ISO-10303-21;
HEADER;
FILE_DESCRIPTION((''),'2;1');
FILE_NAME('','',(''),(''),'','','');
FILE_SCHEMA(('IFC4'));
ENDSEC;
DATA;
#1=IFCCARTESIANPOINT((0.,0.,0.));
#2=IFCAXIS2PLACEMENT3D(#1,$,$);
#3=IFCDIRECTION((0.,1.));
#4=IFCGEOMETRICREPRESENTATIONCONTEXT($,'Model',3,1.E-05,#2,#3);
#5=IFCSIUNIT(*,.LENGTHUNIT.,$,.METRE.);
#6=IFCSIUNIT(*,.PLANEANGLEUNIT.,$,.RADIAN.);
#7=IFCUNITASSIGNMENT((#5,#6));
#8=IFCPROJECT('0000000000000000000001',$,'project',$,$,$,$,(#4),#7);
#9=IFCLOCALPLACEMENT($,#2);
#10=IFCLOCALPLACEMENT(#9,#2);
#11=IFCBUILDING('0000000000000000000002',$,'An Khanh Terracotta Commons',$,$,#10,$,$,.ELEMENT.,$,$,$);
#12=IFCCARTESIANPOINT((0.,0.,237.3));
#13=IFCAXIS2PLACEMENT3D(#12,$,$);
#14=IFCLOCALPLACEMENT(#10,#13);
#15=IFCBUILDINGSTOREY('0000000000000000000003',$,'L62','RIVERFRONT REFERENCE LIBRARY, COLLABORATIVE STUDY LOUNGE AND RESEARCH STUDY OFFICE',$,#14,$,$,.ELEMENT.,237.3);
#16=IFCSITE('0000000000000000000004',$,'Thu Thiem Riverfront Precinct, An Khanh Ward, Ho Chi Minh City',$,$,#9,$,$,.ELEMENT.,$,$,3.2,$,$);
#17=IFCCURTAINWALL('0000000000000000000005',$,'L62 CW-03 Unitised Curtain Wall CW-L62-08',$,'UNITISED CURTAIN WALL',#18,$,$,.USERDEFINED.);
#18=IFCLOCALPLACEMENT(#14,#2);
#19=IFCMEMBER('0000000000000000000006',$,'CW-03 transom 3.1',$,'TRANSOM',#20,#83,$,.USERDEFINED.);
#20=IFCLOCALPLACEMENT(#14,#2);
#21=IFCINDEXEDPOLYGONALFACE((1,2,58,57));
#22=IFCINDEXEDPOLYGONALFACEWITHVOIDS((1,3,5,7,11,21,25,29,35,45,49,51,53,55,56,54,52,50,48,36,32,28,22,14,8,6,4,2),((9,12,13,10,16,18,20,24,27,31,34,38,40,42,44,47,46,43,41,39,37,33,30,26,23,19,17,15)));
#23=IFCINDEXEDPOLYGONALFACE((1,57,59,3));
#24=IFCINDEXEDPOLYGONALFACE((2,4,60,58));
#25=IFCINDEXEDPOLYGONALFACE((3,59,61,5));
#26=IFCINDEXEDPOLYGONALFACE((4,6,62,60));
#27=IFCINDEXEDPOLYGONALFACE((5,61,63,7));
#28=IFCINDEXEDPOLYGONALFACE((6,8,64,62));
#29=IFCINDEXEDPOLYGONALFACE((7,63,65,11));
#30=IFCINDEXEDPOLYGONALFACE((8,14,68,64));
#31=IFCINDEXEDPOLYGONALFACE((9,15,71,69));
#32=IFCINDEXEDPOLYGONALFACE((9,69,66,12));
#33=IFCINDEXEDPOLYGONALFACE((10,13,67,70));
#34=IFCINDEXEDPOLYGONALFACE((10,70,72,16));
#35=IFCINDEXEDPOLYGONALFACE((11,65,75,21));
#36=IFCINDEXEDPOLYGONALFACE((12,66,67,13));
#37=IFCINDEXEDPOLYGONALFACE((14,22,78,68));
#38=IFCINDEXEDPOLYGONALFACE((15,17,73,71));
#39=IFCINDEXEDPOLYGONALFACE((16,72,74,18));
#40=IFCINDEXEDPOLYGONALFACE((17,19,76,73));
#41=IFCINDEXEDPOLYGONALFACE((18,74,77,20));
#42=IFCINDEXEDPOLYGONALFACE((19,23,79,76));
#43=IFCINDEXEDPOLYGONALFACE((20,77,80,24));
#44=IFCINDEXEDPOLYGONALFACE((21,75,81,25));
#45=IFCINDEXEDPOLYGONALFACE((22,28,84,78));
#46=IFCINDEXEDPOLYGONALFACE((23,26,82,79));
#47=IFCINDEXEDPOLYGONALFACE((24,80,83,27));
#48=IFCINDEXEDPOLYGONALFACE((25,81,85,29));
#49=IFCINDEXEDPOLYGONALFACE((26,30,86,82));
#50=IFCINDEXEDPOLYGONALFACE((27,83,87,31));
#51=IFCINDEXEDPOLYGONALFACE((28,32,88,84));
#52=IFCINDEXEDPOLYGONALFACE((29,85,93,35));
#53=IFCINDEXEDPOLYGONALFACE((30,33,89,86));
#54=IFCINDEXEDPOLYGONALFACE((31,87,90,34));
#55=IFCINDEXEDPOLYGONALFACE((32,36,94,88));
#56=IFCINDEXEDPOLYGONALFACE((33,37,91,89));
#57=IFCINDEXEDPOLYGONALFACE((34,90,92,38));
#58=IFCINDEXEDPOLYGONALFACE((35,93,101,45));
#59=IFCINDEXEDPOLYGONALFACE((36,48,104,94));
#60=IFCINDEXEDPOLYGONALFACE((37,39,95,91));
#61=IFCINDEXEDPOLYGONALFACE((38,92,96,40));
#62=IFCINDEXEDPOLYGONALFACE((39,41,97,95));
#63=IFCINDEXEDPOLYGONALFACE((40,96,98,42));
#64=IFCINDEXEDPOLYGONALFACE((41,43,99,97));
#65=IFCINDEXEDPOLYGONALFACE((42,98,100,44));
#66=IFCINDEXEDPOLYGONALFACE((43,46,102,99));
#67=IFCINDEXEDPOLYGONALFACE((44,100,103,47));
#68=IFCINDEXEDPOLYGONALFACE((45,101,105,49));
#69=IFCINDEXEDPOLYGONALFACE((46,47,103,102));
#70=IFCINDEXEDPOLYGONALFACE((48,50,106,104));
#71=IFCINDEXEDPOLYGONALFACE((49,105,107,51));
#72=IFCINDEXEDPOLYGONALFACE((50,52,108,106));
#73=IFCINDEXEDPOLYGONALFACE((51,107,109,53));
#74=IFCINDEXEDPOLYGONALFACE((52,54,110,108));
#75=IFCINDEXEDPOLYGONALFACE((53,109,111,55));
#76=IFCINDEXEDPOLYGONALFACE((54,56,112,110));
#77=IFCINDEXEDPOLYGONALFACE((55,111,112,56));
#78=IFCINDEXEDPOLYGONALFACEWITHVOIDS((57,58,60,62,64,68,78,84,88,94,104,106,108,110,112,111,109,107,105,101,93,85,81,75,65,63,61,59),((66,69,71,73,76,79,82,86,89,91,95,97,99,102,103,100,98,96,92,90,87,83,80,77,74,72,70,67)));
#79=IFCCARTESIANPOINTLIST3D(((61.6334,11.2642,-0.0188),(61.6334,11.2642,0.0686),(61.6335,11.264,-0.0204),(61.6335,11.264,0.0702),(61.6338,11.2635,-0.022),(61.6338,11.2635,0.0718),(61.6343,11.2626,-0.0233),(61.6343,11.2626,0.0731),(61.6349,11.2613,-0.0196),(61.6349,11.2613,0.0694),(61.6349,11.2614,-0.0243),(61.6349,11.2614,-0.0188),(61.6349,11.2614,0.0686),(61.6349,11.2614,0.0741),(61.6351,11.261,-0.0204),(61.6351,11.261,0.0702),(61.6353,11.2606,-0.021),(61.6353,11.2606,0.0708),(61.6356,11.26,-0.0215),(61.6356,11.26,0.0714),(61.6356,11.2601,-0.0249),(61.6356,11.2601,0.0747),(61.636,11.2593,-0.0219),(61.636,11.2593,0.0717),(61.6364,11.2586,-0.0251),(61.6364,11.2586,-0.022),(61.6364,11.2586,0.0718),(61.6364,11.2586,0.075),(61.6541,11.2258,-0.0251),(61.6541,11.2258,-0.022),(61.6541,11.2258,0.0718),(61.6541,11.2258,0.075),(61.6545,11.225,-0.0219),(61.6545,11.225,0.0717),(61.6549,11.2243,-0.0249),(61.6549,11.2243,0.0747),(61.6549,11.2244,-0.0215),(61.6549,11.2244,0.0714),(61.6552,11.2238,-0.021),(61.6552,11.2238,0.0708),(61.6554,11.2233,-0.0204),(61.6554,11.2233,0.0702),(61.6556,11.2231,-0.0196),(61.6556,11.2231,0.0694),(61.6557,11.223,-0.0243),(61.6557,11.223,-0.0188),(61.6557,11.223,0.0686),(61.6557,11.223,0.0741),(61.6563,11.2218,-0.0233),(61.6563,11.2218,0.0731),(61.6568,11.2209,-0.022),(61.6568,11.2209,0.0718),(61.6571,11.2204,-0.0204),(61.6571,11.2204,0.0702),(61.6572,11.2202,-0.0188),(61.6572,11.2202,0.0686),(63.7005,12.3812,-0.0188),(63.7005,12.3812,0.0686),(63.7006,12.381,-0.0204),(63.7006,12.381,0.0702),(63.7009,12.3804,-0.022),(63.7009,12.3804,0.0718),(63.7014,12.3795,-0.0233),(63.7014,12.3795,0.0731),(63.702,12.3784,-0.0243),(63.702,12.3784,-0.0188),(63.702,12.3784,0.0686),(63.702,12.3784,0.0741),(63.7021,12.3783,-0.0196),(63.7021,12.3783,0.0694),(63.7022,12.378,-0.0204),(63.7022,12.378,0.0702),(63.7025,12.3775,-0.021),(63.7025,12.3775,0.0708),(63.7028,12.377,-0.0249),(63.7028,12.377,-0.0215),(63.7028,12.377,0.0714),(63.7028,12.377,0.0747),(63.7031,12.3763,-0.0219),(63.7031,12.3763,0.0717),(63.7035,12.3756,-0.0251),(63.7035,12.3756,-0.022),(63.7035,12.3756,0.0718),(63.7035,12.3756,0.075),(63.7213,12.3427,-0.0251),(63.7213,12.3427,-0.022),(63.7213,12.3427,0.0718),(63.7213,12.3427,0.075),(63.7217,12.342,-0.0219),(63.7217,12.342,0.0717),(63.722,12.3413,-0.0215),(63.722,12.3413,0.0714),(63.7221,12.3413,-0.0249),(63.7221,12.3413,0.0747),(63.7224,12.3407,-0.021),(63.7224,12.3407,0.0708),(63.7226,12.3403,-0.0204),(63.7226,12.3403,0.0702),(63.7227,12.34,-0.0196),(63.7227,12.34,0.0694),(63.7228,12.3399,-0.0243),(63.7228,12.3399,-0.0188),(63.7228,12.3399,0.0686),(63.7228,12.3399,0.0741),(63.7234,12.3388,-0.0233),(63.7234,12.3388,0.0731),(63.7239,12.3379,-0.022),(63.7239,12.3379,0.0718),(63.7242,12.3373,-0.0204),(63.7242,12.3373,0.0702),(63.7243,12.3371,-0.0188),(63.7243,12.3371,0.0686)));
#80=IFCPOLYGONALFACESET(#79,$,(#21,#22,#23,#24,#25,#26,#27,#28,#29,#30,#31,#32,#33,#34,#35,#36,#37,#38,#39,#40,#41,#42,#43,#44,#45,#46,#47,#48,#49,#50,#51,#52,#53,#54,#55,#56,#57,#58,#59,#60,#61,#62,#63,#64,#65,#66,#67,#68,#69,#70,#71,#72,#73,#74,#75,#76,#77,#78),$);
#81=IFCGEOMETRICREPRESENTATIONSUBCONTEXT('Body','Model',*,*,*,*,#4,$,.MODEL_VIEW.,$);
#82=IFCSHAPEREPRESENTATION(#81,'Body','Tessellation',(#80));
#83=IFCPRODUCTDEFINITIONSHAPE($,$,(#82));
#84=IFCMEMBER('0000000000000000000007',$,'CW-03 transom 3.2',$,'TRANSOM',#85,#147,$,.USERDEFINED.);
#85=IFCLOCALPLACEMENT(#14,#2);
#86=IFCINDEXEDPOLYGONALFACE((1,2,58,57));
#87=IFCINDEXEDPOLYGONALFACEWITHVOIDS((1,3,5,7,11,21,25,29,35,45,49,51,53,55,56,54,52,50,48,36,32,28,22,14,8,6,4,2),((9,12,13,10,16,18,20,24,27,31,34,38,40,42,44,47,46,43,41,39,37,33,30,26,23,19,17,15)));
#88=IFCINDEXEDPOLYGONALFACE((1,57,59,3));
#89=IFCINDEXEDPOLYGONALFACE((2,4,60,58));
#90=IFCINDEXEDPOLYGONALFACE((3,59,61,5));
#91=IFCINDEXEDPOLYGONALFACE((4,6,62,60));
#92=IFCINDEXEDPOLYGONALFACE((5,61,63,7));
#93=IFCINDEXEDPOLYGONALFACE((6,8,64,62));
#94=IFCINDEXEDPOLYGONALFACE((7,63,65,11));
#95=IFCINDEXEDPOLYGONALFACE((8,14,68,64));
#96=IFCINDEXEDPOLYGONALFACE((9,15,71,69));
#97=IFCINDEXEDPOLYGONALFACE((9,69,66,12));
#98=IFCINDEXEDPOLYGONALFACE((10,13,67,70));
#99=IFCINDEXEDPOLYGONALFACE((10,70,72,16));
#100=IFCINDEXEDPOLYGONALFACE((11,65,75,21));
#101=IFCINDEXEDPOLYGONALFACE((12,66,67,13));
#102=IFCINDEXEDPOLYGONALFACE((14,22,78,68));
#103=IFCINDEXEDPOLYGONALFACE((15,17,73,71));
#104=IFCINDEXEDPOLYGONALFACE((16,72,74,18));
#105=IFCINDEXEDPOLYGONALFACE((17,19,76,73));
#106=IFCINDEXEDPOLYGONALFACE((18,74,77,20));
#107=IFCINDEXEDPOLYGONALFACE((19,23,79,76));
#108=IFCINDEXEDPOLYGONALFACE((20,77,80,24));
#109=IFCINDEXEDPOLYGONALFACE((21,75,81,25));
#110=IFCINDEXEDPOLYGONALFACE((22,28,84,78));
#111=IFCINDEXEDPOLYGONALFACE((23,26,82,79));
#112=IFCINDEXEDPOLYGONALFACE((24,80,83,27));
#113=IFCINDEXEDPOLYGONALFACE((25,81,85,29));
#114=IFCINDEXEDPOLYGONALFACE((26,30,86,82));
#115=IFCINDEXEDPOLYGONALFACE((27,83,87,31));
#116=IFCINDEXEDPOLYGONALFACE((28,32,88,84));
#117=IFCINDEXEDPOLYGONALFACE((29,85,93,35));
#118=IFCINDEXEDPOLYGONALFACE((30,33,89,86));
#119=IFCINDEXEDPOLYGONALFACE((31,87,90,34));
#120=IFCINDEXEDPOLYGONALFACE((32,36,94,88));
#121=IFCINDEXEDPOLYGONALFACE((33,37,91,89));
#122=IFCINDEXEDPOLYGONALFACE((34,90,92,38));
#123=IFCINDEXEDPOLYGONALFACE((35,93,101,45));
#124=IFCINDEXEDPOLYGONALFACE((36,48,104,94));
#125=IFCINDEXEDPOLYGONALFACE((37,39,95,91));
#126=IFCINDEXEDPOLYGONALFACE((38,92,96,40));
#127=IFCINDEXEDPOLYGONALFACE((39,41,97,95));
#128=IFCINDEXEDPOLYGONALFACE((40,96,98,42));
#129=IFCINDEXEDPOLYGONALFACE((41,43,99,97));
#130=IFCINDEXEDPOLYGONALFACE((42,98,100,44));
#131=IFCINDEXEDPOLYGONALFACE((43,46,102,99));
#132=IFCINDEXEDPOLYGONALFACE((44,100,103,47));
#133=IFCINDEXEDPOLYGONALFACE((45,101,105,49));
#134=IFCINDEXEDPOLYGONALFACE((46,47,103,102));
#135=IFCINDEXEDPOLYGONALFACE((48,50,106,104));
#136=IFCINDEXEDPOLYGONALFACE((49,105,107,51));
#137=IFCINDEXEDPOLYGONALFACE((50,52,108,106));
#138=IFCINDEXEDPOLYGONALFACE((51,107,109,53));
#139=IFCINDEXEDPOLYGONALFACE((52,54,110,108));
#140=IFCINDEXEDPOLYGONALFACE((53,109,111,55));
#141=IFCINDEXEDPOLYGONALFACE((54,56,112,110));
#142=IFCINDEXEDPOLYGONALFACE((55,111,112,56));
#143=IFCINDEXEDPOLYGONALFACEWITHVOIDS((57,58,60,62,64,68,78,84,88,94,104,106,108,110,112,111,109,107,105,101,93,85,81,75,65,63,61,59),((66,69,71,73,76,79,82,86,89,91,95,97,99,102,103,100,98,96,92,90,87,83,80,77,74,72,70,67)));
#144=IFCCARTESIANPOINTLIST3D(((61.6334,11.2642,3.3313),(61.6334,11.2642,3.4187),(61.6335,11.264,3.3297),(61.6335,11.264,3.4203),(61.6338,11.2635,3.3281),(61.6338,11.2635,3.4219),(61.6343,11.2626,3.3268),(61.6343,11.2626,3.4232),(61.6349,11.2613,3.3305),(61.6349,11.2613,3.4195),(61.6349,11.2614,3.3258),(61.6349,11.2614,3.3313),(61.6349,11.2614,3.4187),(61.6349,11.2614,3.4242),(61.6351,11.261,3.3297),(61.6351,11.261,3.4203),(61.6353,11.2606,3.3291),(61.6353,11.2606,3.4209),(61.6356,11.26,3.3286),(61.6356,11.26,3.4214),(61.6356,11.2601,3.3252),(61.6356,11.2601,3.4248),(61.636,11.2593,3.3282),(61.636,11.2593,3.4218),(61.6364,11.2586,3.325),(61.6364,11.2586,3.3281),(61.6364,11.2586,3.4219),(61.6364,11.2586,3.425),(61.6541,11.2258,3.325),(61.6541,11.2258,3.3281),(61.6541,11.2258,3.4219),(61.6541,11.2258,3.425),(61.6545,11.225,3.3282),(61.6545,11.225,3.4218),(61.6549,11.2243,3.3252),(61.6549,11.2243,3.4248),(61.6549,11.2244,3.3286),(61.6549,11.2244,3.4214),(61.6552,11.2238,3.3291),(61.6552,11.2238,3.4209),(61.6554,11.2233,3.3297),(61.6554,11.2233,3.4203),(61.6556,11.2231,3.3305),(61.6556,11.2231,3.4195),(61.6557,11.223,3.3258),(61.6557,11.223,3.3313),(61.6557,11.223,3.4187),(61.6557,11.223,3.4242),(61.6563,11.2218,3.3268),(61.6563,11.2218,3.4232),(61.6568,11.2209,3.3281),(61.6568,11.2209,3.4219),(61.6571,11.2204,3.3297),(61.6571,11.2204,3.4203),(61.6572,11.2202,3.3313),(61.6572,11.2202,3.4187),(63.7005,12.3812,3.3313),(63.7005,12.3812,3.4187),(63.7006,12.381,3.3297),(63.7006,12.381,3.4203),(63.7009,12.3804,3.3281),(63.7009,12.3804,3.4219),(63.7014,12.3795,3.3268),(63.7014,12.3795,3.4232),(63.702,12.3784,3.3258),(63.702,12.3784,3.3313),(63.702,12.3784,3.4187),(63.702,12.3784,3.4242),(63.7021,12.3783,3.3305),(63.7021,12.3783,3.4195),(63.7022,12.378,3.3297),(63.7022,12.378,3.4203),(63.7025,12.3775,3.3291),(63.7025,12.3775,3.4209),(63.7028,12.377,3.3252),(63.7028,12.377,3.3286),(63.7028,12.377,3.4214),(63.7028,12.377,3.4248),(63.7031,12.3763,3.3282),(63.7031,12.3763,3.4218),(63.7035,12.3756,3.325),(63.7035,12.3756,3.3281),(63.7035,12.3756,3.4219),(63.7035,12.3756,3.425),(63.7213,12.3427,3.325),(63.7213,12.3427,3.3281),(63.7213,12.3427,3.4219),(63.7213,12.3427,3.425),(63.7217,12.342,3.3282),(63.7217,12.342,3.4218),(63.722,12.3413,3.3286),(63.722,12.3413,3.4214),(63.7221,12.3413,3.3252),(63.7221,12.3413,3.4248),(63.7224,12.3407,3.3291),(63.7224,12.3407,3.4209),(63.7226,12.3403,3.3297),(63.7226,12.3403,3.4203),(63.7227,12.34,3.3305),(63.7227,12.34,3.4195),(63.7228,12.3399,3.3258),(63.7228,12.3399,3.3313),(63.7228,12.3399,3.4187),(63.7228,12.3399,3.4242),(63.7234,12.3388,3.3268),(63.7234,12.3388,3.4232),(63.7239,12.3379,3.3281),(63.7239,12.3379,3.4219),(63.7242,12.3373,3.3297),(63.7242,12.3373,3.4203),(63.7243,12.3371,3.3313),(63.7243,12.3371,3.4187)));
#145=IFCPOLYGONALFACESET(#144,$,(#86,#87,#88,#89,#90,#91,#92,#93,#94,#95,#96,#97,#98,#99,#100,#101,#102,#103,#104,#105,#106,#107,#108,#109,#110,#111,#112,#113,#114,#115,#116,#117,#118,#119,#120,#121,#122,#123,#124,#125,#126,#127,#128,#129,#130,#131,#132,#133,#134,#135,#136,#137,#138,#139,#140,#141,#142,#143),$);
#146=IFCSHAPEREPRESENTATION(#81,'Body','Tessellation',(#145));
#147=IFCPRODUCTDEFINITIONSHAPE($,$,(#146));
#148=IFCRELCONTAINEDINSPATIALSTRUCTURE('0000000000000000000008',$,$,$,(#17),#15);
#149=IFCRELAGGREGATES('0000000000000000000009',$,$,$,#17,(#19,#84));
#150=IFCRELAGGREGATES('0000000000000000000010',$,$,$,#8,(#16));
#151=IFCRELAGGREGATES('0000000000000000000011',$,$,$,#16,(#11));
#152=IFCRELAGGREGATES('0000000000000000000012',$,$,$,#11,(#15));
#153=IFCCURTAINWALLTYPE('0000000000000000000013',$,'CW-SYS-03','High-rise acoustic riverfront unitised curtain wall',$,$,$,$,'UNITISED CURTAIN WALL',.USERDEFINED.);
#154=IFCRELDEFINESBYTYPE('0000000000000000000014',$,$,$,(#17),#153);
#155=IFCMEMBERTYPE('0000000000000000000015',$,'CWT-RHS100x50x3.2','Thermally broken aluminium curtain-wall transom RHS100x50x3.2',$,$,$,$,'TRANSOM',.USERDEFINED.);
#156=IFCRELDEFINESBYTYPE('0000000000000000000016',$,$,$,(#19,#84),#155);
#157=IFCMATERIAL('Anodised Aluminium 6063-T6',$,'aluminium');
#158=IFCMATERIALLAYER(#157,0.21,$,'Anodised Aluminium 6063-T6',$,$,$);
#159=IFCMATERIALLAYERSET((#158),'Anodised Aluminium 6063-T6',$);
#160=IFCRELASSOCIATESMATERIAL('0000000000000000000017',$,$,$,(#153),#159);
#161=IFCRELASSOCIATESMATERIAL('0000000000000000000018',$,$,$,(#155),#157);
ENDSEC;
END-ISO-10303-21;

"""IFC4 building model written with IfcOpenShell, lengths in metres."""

from ifc_helpers import new_model, si_unit, direction, frame, origin, origin_2d, place, context, subcontext, project, spatial, hollow_rectangle, extrude, material, layer, layer_set, material_profile, profile_set, type_object, element, aggregate, save


model = new_model("IFC4")

# Units and contexts
model_context = context("Model", 3, precision=1e-05, world=origin(), true_north=direction((0.0, 1.0)))
body_context = subcontext(model_context, "Body", "Model", "MODEL_VIEW")
ifc_project = project(units=[si_unit("LENGTHUNIT", "METRE"), si_unit("PLANEANGLEUNIT", "RADIAN")], contexts=[model_context])

# Site, building, storey
site_placement = place(None, origin())
site = spatial("IfcSite", under=ifc_project, at=site_placement, Name="Thu Thiem Riverfront Precinct, An Khanh Ward, Ho Chi Minh City", CompositionType="ELEMENT", RefElevation=3.2)
building_placement = place(site_placement, origin())
building = spatial("IfcBuilding", under=site, at=building_placement, Name="An Khanh Terracotta Commons", CompositionType="ELEMENT")
storey_placement = place(building_placement, frame((0.0, 0.0, 237.3)))
storey = spatial("IfcBuildingStorey", under=building, at=storey_placement, Name="L62", Description="RIVERFRONT REFERENCE LIBRARY, COLLABORATIVE STUDY LOUNGE AND RESEARCH STUDY OFFICE", CompositionType="ELEMENT", Elevation=237.3)

# Curtain wall
ifc_material_1 = material(Name="Anodised Aluminium 6063-T6", Category="aluminium")
ifc_layer_1 = layer(ifc_material_1, 0.21, Name="Anodised Aluminium 6063-T6")
ifc_layer_set_1 = layer_set([ifc_layer_1], Name="Anodised Aluminium 6063-T6")
curtain_wall_type = type_object("IfcCurtainWallType", Name="CW-SYS-03", Description="High-rise acoustic riverfront unitised curtain wall", ElementType="UNITISED CURTAIN WALL", PredefinedType="USERDEFINED", material=ifc_layer_set_1)
curtain_wall_1_placement = place(storey_placement, origin())
curtain_wall_1 = element("IfcCurtainWall", 1, at=curtain_wall_1_placement, inside=storey, type_object=curtain_wall_type, Name="L62 CW-03 Unitised Curtain Wall CW-L62-08", ObjectType="UNITISED CURTAIN WALL", PredefinedType="USERDEFINED")

# Members
ifc_material_profile_1 = material_profile(ifc_material_1, hollow_rectangle(XDim=0.05, YDim=0.1001, WallThickness=0.0032, InnerFilletRadius=0.0032, OuterFilletRadius=0.0063, at=origin_2d()), Name="RHS100x50x3.2")
ifc_profile_set_1 = profile_set([ifc_material_profile_1], Name="Anodised Aluminium 6063-T6")
member_type_1 = type_object("IfcMemberType", Name="CWT-RHS100x50x3.2", Description="Thermally broken aluminium curtain-wall transom RHS100x50x3.2", ElementType="TRANSOM", PredefinedType="USERDEFINED", material=ifc_profile_set_1)
member_1_placement = place(storey_placement, frame((61.6453, 11.2422, 0.0249), z_axis=(0.879783, 0.475376, 0.0), x_axis=(-0.475376, 0.879783, 0.0)))
member_1 = element("IfcMember", 2, at=member_1_placement, type_object=member_type_1, Name="CW-03 transom 3.1", ObjectType="TRANSOM", PredefinedType="USERDEFINED", context=body_context, shape_type="SweptSolid", body=[
    extrude(hollow_rectangle(XDim=0.05, YDim=0.1001, WallThickness=0.0032, InnerFilletRadius=0.0032, OuterFilletRadius=0.0063, at=origin_2d()), origin(), (0.0, 0.0, 1.0), 2.3496),
])
member_2_placement = place(storey_placement, frame((61.6453, 11.2422, 3.375), z_axis=(0.879783, 0.475376, 0.0), x_axis=(-0.475376, 0.879783, 0.0)))
member_2 = element("IfcMember", 3, at=member_2_placement, type_object=member_type_1, Name="CW-03 transom 3.2", ObjectType="TRANSOM", PredefinedType="USERDEFINED", context=body_context, shape_type="SweptSolid", body=[
    extrude(hollow_rectangle(XDim=0.05, YDim=0.1001, WallThickness=0.0032, InnerFilletRadius=0.0032, OuterFilletRadius=0.0063, at=origin_2d()), origin(), (0.0, 0.0, 1.0), 2.3496),
])

aggregate(curtain_wall_1, [member_1, member_2])

save(model, "model.ifc")
